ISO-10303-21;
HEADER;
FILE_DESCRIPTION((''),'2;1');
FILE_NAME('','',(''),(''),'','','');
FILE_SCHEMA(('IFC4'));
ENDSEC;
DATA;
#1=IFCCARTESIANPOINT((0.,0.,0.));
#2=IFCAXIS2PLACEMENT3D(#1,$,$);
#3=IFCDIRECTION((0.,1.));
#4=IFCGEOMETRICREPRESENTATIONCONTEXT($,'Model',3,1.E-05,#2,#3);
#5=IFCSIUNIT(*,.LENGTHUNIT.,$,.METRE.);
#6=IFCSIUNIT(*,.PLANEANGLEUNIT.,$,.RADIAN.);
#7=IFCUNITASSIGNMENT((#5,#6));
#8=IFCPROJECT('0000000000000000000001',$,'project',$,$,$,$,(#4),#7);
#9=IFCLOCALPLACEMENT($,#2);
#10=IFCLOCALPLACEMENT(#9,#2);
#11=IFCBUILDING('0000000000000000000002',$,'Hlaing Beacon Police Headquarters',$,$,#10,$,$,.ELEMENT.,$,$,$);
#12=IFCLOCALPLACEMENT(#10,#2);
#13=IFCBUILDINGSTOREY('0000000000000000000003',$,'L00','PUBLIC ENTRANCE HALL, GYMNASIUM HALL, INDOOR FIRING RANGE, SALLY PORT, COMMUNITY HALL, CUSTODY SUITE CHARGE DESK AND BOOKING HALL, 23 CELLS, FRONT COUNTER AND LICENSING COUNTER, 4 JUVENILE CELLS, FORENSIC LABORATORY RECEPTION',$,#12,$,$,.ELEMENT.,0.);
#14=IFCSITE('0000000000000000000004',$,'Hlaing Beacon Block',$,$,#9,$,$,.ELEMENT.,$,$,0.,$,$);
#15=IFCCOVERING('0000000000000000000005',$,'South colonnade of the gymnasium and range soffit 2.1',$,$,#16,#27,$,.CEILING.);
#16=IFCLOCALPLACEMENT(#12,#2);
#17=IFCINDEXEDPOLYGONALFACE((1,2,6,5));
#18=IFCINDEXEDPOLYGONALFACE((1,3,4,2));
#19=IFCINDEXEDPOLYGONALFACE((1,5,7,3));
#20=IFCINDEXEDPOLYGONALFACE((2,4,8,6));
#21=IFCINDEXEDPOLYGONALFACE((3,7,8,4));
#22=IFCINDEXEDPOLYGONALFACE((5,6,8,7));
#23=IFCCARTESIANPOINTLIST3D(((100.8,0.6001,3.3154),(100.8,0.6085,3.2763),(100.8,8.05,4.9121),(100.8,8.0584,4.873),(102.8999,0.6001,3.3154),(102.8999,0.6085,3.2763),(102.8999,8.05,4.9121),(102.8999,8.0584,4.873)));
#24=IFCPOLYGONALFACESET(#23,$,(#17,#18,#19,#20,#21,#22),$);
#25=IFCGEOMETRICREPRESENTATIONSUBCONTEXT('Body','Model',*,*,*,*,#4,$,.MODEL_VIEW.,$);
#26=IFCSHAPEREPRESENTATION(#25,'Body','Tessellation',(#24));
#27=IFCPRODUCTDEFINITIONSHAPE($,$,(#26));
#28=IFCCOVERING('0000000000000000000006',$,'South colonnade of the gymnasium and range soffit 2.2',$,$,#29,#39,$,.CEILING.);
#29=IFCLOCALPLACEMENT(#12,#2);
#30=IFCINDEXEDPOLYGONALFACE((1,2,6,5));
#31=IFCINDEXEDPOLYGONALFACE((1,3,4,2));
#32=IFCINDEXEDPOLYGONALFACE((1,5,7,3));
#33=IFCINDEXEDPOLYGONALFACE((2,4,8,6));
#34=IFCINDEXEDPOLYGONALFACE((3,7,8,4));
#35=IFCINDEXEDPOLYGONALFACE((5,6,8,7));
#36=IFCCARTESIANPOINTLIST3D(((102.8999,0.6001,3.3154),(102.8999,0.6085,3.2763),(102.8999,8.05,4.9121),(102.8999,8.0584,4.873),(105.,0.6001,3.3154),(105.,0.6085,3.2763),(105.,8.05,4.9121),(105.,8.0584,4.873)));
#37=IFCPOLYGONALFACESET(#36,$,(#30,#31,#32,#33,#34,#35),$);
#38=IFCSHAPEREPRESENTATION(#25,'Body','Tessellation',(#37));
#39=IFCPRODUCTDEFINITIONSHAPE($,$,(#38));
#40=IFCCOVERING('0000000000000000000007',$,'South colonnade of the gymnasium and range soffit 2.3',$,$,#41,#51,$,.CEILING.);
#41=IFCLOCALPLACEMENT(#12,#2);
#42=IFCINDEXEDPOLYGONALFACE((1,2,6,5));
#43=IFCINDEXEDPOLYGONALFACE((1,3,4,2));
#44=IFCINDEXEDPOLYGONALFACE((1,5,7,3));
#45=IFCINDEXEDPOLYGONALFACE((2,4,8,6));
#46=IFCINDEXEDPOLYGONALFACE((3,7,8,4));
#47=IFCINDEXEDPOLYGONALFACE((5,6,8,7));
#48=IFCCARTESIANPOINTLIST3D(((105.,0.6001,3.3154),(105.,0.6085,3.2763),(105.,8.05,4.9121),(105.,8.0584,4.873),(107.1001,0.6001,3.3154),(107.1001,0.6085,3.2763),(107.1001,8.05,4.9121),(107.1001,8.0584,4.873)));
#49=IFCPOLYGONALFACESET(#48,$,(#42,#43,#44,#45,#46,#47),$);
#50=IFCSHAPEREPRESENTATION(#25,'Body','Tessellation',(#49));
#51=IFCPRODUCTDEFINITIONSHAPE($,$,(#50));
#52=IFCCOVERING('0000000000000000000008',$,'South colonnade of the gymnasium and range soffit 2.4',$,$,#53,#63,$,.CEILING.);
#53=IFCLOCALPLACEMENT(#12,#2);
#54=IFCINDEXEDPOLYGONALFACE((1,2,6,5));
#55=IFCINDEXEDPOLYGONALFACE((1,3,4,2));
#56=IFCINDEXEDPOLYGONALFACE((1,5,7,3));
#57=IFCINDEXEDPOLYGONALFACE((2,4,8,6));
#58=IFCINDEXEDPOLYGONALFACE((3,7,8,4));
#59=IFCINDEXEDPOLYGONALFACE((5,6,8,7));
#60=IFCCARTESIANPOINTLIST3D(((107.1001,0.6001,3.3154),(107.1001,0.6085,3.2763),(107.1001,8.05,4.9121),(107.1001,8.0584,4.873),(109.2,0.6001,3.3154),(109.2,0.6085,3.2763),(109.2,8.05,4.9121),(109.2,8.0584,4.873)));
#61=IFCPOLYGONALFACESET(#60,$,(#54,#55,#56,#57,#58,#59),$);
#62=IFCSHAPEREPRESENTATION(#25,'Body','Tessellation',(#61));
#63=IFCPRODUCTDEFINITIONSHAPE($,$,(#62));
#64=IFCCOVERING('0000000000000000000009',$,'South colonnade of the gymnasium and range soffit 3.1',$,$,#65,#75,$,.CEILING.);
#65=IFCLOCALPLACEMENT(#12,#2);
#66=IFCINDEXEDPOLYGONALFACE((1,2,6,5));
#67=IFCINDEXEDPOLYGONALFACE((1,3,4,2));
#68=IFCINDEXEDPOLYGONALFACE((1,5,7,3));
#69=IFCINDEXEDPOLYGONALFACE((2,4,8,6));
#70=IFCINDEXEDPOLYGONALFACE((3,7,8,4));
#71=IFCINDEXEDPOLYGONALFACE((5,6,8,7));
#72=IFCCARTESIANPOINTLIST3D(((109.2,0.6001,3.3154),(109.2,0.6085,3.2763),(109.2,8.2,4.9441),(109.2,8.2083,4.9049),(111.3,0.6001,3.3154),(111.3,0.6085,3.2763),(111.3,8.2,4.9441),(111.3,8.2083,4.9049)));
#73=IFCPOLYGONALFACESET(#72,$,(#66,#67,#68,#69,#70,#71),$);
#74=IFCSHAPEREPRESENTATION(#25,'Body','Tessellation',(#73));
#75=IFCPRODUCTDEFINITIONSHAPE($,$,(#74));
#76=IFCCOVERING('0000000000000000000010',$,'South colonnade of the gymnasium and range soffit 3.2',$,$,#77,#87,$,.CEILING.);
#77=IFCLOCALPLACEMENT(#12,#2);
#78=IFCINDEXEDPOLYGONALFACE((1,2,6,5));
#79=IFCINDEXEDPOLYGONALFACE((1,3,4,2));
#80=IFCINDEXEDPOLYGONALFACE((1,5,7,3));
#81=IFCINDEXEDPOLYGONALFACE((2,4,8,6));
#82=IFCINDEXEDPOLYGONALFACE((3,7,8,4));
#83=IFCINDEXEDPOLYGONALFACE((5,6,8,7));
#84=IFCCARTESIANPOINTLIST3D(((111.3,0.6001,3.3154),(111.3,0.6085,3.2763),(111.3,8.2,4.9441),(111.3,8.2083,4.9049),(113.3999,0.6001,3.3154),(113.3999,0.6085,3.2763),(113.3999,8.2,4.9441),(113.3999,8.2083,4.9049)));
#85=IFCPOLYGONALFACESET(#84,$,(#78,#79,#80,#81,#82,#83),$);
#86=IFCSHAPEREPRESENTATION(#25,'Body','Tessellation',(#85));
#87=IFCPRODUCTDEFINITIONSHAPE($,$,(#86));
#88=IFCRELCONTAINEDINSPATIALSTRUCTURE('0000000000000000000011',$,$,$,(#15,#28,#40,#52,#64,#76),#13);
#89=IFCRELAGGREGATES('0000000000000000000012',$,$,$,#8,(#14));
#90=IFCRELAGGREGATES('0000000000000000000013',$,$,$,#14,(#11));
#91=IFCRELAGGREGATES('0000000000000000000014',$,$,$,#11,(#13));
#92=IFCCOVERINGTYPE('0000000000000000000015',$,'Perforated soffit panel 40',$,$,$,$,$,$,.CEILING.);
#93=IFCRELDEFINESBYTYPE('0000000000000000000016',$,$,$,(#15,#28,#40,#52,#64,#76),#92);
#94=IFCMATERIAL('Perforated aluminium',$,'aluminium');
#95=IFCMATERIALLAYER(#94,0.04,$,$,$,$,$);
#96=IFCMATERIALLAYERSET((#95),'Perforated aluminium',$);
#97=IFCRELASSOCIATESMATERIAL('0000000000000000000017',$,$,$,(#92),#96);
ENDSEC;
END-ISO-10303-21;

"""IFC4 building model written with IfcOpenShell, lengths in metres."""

from ifc_helpers import new_model, si_unit, direction, frame, origin, place, context, subcontext, project, spatial, polyline, outline, extrude, material, layer, layer_set, type_object, element, save


model = new_model("IFC4")

# Units and contexts
model_context = context("Model", 3, precision=1e-05, world=origin(), true_north=direction((0.0, 1.0)))
body_context = subcontext(model_context, "Body", "Model", "MODEL_VIEW")
ifc_project = project(units=[si_unit("LENGTHUNIT", "METRE"), si_unit("PLANEANGLEUNIT", "RADIAN")], contexts=[model_context])

# Site, building, storey
site_placement = place(None, origin())
site = spatial("IfcSite", under=ifc_project, at=site_placement, Name="Hlaing Beacon Block", CompositionType="ELEMENT", RefElevation=0.0)
building_placement = place(site_placement, origin())
building = spatial("IfcBuilding", under=site, at=building_placement, Name="Hlaing Beacon Police Headquarters", CompositionType="ELEMENT")
storey_placement = place(building_placement, origin())
storey = spatial("IfcBuildingStorey", under=building, at=storey_placement, Name="L00", Description="PUBLIC ENTRANCE HALL, GYMNASIUM HALL, INDOOR FIRING RANGE, SALLY PORT, COMMUNITY HALL, CUSTODY SUITE CHARGE DESK AND BOOKING HALL, 23 CELLS, FRONT COUNTER AND LICENSING COUNTER, 4 JUVENILE CELLS, FORENSIC LABORATORY RECEPTION", CompositionType="ELEMENT", Elevation=0.0)

# Coverings
ifc_material_1 = material(Name="Perforated aluminium", Category="aluminium")
ifc_layer_1 = layer(ifc_material_1, 0.04)
ifc_layer_set_1 = layer_set([ifc_layer_1], Name="Perforated aluminium")
covering_type_1 = type_object("IfcCoveringType", Name="Perforated soffit panel 40", PredefinedType="CEILING", material=ifc_layer_set_1)
covering_1_placement = place(storey_placement, frame((100.8, 0.6001, 3.3154), z_axis=(0.0, -0.209562, 0.977795), x_axis=(1.0, 0.0, 0.0)))
element("IfcCovering", 1, at=covering_1_placement, inside=storey, type_object=covering_type_1, Name="South colonnade of the gymnasium and range soffit 2.1", PredefinedType="CEILING", context=body_context, shape_type="SweptSolid", body=[
    extrude(outline(polyline([(0.0, 0.0), (2.0999, 0.0), (2.0999, 7.6191), (0.0, 7.6191), (0.0, 0.0)])), origin(), (0.0, 0.0, -1.0), 0.04),
])
for number, where, z_axis, x_axis, name in (
    (2, (102.8999, 0.6001, 3.3154), (0.0, -0.209562, 0.977795), (1.0, 0.0, 0.0), "South colonnade of the gymnasium and range soffit 2.2"),
    (3, (105.0, 0.6001, 3.3154), (0.0, -0.209562, 0.977795), (1.0, 0.0, 0.0), "South colonnade of the gymnasium and range soffit 2.3"),
):
    element("IfcCovering", number, at=place(storey_placement, frame(where, z_axis=z_axis, x_axis=x_axis)), inside=storey, type_object=covering_type_1, Name=name, PredefinedType="CEILING", context=body_context, shape_type="SweptSolid", body=[
        extrude(outline(polyline([(0.0, 0.0), (2.1001, 0.0), (2.1001, 7.6191), (0.0, 7.6191), (0.0, 0.0)])), origin(), (0.0, 0.0, -1.0), 0.04),
    ])
covering_2_placement = place(storey_placement, frame((107.1001, 0.6001, 3.3154), z_axis=(0.0, -0.209562, 0.977795), x_axis=(1.0, 0.0, 0.0)))
element("IfcCovering", 4, at=covering_2_placement, inside=storey, type_object=covering_type_1, Name="South colonnade of the gymnasium and range soffit 2.4", PredefinedType="CEILING", context=body_context, shape_type="SweptSolid", body=[
    extrude(outline(polyline([(0.0, 0.0), (2.0999, 0.0), (2.0999, 7.6191), (0.0, 7.6191), (0.0, 0.0)])), origin(), (0.0, 0.0, -1.0), 0.04),
])
covering_3_placement = place(storey_placement, frame((109.2, 0.6001, 3.3154), z_axis=(0.0, -0.209544, 0.977799), x_axis=(1.0, 0.0, 0.0)))
element("IfcCovering", 5, at=covering_3_placement, inside=storey, type_object=covering_type_1, Name="South colonnade of the gymnasium and range soffit 3.1", PredefinedType="CEILING", context=body_context, shape_type="SweptSolid", body=[
    extrude(outline(polyline([(0.0, 0.0), (2.1001, 0.0), (2.1001, 7.7724), (0.0, 7.7724), (0.0, 0.0)])), origin(), (0.0, 0.0, -1.0), 0.04),
])
covering_4_placement = place(storey_placement, frame((111.3, 0.6001, 3.3154), z_axis=(0.0, -0.209544, 0.977799), x_axis=(1.0, 0.0, 0.0)))
element("IfcCovering", 6, at=covering_4_placement, inside=storey, type_object=covering_type_1, Name="South colonnade of the gymnasium and range soffit 3.2", PredefinedType="CEILING", context=body_context, shape_type="SweptSolid", body=[
    extrude(outline(polyline([(0.0, 0.0), (2.0999, 0.0), (2.0999, 7.7724), (0.0, 7.7724), (0.0, 0.0)])), origin(), (0.0, 0.0, -1.0), 0.04),
])

save(model, "model.ifc")
